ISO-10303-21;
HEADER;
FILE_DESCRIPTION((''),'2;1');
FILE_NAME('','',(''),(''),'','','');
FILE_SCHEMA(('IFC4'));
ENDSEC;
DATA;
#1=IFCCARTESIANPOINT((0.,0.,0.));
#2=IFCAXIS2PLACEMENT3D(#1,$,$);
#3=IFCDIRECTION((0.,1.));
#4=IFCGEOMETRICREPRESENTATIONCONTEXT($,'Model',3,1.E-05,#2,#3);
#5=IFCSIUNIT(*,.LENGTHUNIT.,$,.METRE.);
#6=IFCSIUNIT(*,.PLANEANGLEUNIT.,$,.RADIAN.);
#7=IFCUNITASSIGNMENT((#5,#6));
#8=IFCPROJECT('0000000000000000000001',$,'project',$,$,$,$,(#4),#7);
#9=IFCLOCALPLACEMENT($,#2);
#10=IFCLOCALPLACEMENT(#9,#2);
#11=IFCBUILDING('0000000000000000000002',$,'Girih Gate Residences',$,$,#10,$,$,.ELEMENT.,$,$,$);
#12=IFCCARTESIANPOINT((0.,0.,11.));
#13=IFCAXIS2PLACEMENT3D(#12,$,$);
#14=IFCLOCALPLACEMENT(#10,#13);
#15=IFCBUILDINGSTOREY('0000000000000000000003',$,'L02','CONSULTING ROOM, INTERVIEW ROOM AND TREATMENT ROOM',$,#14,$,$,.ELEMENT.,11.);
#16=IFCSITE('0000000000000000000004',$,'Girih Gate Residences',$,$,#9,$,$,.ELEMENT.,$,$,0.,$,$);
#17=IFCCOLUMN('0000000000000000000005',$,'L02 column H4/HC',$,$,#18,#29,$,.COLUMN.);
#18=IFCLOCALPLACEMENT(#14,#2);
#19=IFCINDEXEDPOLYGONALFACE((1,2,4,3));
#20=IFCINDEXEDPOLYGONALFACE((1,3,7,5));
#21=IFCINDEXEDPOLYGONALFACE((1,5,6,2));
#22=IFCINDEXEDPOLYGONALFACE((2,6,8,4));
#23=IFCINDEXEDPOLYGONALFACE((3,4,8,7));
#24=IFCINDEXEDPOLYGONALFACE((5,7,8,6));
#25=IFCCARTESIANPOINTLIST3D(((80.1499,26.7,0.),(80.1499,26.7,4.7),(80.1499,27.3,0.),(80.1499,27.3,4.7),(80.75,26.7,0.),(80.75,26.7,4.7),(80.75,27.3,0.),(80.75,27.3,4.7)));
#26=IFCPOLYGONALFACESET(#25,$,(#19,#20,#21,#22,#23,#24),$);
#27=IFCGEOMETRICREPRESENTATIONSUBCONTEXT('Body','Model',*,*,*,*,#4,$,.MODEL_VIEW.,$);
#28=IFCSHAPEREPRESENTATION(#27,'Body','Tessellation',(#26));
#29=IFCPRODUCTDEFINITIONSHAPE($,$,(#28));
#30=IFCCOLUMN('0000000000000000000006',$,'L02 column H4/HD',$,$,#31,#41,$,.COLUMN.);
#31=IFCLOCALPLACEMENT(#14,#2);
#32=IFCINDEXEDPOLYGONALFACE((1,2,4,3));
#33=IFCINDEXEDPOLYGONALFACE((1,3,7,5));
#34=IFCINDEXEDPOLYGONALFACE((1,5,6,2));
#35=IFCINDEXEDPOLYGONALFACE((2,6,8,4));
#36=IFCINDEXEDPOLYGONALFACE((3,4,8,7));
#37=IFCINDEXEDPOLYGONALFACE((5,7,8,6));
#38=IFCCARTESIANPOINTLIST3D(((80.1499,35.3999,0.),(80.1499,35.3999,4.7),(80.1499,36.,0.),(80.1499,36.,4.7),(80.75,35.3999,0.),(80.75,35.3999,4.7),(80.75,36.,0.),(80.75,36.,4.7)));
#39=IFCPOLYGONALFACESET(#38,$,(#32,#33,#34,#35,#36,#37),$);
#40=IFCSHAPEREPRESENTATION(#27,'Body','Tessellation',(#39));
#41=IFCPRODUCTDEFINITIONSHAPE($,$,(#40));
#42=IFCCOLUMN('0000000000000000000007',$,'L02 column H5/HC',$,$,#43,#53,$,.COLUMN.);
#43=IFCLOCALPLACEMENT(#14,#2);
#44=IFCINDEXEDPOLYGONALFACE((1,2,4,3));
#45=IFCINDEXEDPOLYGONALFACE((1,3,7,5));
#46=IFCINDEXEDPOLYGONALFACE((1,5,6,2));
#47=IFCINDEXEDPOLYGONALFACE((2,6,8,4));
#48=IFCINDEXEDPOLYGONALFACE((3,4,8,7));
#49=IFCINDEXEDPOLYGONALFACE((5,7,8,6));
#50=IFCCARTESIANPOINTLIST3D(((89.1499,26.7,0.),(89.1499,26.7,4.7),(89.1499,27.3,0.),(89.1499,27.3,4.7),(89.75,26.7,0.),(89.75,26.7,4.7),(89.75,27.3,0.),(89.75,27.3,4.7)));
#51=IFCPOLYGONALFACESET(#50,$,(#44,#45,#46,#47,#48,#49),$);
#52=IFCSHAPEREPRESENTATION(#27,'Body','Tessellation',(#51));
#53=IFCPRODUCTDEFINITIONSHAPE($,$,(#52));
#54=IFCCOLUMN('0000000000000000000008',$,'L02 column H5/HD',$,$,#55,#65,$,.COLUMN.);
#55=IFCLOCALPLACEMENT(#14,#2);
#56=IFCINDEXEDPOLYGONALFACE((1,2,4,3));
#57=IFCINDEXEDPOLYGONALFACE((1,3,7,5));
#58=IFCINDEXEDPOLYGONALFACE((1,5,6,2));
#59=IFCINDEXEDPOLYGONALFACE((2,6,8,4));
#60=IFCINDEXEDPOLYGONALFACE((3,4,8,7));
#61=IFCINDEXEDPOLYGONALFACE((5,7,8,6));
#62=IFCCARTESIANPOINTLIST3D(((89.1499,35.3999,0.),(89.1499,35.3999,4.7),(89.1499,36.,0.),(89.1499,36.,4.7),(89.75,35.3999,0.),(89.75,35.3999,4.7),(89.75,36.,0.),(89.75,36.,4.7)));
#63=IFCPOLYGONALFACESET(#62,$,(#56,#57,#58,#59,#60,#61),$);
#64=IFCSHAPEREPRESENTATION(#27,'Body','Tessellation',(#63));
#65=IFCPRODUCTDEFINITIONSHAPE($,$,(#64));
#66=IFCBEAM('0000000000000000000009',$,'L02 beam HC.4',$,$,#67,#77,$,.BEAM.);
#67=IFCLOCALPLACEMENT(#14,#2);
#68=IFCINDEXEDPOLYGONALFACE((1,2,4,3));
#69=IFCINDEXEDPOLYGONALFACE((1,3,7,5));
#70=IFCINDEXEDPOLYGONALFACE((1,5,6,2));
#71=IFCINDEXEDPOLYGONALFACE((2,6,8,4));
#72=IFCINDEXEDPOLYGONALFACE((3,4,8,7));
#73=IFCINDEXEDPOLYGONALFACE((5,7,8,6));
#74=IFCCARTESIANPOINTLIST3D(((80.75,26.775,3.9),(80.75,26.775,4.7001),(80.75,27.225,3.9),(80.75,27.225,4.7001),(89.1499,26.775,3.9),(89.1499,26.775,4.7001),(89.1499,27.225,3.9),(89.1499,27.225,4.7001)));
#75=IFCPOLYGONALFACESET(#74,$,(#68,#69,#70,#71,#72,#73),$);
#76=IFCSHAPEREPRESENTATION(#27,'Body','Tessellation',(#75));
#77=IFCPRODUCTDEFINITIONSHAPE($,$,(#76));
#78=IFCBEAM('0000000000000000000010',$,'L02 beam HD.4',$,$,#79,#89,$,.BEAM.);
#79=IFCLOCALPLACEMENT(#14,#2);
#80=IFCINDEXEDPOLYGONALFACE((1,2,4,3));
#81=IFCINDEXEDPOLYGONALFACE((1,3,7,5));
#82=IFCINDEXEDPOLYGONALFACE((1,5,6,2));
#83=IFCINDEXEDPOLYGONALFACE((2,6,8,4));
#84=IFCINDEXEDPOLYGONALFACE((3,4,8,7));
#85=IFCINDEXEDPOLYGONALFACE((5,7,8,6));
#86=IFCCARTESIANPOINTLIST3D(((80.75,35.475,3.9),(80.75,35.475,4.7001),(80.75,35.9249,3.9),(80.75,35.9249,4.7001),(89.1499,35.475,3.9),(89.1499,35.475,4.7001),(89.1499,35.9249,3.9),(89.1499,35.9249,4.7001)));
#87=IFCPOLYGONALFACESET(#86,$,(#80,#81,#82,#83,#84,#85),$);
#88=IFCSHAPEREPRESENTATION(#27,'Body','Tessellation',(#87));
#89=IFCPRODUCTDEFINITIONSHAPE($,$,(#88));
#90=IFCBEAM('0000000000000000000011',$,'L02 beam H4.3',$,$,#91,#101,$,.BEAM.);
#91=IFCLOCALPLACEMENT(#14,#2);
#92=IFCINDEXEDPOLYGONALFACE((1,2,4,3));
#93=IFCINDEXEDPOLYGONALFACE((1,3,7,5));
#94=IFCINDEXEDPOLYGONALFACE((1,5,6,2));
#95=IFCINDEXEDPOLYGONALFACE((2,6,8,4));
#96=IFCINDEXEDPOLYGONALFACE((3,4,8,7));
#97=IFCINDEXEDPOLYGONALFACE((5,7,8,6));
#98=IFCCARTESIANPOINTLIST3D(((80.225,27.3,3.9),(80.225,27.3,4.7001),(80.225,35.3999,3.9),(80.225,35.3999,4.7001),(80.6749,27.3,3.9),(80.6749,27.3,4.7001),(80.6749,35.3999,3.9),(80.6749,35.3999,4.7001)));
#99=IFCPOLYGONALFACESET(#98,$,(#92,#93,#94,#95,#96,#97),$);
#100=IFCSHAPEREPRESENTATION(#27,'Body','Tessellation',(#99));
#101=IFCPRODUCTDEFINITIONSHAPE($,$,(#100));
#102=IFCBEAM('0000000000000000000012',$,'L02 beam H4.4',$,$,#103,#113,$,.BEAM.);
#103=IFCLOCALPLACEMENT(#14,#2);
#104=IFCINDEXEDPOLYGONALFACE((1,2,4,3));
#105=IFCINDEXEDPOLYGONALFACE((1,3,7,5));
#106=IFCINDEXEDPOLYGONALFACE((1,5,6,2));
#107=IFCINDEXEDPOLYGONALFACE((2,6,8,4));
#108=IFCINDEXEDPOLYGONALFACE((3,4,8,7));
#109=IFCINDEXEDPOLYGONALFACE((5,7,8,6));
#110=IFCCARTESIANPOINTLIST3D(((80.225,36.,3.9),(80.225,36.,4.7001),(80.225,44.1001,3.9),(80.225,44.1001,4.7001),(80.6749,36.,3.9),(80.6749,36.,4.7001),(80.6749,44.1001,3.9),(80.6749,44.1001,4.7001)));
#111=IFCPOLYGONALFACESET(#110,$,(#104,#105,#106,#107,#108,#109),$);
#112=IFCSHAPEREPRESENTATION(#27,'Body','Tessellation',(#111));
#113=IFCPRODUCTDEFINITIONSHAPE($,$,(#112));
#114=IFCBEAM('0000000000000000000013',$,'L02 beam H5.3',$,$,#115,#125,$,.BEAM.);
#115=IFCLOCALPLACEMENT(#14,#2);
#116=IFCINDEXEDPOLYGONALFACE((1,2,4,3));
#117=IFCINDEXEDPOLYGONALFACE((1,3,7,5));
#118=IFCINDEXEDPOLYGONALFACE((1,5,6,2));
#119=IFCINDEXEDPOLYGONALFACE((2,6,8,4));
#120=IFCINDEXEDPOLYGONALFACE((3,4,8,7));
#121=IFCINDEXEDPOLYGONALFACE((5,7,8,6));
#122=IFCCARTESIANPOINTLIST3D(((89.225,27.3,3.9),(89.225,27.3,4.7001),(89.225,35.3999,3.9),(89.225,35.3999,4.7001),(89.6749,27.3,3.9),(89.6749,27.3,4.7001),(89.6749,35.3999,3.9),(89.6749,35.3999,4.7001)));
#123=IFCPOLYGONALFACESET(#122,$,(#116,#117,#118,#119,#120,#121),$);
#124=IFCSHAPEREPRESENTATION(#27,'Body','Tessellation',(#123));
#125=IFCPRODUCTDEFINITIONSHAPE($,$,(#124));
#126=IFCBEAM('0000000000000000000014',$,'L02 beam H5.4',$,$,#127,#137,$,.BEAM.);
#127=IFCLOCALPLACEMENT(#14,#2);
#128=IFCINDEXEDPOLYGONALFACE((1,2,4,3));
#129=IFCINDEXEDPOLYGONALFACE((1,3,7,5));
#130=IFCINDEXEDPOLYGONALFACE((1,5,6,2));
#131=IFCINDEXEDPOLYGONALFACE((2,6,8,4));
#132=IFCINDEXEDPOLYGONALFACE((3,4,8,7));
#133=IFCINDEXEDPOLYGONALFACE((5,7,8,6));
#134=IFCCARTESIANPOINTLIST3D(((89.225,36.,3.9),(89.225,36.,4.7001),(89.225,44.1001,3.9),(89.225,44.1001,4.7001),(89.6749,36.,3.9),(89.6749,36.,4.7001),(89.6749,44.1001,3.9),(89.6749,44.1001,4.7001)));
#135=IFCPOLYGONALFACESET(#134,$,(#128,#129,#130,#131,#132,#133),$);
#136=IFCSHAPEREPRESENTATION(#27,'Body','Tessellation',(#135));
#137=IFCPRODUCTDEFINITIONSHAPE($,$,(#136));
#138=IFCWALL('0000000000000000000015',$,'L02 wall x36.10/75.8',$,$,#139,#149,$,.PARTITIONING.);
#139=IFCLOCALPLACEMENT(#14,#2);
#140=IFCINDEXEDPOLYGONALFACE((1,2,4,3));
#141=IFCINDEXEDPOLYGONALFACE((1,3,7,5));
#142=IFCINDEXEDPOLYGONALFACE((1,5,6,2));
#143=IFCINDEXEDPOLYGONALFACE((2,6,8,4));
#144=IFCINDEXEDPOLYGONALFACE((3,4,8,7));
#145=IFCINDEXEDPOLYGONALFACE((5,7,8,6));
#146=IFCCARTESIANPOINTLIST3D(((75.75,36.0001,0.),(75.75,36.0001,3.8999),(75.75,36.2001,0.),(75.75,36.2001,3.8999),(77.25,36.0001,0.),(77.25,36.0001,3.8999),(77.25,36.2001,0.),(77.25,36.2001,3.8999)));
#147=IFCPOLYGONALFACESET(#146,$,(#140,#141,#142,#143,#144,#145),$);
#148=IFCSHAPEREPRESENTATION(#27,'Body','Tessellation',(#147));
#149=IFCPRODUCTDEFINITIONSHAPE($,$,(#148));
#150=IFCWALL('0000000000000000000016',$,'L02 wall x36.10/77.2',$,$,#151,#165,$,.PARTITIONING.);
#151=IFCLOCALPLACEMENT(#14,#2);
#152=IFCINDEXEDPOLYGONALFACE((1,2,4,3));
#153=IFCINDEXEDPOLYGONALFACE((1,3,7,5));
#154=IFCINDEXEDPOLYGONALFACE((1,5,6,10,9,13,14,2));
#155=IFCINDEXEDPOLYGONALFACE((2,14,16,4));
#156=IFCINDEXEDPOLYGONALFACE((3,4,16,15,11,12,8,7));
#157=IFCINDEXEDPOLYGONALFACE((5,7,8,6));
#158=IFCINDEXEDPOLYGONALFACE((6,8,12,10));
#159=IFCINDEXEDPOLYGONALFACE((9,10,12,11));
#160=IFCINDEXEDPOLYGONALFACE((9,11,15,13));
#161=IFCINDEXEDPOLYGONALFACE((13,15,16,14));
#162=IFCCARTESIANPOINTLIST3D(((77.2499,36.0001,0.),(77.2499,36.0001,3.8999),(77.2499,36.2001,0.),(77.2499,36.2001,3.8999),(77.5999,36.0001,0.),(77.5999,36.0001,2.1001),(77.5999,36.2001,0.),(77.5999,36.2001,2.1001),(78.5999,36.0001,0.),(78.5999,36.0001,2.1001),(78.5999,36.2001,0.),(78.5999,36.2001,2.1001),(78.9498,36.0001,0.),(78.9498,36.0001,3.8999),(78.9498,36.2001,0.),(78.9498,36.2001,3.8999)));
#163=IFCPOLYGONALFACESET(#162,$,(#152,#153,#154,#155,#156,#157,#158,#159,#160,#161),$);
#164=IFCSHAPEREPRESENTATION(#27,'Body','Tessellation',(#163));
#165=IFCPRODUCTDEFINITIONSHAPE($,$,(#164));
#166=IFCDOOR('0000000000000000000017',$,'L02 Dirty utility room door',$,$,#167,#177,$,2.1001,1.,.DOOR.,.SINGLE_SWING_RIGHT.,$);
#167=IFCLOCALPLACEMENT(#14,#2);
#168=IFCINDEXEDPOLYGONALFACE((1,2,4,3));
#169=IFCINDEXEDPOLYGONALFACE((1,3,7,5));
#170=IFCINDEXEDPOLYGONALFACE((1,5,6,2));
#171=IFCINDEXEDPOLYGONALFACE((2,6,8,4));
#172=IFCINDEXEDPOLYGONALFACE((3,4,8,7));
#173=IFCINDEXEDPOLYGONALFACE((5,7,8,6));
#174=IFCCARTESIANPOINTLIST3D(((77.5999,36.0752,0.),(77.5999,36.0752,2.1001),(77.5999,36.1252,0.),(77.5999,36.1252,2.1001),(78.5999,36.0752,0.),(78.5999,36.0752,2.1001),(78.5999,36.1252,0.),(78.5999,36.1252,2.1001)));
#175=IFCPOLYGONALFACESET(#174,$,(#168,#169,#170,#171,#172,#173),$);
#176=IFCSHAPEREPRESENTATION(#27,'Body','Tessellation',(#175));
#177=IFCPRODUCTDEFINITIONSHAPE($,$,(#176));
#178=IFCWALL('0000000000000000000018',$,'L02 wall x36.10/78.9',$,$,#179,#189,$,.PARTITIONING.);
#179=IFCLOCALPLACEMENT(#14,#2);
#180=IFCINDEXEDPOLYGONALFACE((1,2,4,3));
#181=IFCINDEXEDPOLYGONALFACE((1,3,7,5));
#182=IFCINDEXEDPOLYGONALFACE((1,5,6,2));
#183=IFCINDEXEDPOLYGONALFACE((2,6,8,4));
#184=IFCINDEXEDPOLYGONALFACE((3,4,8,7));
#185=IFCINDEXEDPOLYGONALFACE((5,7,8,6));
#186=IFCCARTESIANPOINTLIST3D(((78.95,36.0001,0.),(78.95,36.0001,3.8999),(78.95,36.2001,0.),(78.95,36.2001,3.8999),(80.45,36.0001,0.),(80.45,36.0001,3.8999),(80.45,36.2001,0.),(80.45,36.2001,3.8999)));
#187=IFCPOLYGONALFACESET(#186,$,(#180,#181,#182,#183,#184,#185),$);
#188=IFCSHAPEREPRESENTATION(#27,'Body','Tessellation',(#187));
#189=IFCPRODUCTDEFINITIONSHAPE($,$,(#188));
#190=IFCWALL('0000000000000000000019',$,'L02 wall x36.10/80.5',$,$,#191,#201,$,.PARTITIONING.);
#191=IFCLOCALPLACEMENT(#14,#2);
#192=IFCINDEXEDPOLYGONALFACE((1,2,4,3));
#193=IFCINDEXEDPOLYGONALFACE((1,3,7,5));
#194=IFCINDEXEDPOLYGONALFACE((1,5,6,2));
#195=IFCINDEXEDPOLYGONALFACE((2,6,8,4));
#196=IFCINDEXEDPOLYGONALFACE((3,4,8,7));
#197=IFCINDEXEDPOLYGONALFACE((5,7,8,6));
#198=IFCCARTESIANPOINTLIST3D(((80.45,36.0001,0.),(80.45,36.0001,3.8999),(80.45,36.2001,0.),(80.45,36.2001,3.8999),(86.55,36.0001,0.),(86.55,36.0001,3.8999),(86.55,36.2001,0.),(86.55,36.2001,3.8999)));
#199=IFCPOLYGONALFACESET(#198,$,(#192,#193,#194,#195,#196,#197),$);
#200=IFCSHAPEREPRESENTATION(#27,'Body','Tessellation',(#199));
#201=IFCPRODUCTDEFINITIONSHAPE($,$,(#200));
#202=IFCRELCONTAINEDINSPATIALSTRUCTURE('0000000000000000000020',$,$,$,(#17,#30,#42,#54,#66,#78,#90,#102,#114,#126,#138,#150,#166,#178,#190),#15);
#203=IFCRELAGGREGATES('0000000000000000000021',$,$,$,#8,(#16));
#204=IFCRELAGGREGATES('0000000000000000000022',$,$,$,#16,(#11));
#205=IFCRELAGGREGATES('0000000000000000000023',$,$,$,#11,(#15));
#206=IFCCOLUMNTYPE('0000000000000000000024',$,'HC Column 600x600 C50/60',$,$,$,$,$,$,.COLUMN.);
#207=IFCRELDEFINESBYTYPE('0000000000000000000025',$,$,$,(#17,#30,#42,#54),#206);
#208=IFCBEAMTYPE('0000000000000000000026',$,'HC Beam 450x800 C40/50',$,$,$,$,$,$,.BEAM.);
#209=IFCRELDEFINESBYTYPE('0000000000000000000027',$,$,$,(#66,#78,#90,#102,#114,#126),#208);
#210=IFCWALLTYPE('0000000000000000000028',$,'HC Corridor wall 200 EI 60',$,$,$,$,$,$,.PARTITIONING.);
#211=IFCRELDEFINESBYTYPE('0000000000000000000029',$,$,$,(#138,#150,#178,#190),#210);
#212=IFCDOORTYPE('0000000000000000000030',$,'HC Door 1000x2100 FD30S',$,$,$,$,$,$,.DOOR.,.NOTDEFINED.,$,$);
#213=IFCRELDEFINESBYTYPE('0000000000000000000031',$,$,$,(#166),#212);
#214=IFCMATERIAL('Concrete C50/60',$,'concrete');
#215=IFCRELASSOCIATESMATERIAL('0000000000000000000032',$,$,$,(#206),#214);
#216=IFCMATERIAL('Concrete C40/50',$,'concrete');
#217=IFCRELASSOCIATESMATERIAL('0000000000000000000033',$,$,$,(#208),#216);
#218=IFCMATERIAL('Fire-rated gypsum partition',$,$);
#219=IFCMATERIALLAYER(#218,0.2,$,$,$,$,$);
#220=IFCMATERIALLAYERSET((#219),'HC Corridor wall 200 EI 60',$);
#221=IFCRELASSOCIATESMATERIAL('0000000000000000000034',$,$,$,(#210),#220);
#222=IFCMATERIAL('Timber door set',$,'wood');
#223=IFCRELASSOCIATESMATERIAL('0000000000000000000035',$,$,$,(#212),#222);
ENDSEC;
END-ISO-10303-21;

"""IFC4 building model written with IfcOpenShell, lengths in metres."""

from ifc_helpers import new_model, si_unit, direction, frame, frame_2d, origin, origin_2d, place, context, subcontext, project, spatial, rectangle, extrude, material, layer, layer_set, material_profile, profile_set, type_object, element, fill, save


model = new_model("IFC4")

# Units and contexts
model_context = context("Model", 3, precision=1e-05, world=origin(), true_north=direction((0.0, 1.0)))
body_context = subcontext(model_context, "Body", "Model", "MODEL_VIEW")
ifc_project = project(units=[si_unit("LENGTHUNIT", "METRE"), si_unit("PLANEANGLEUNIT", "RADIAN")], contexts=[model_context])

# Site, building, storey
site_placement = place(None, origin())
site = spatial("IfcSite", under=ifc_project, at=site_placement, Name="Girih Gate Residences", CompositionType="ELEMENT", RefElevation=0.0)
building_placement = place(site_placement, origin())
building = spatial("IfcBuilding", under=site, at=building_placement, Name="Girih Gate Residences", CompositionType="ELEMENT")
storey_placement = place(building_placement, frame((0.0, 0.0, 11.0)))
storey = spatial("IfcBuildingStorey", under=building, at=storey_placement, Name="L02", Description="CONSULTING ROOM, INTERVIEW ROOM AND TREATMENT ROOM", CompositionType="ELEMENT", Elevation=11.0)

# Columns
ifc_material_1 = material(Name="Concrete C50/60", Category="concrete")
ifc_material_profile_1 = material_profile(ifc_material_1, rectangle(XDim=0.6001, YDim=0.6001, at=origin_2d()))
ifc_profile_set_1 = profile_set([ifc_material_profile_1], Name="Concrete C50/60")
column_type = type_object("IfcColumnType", Name="HC Column 600x600 C50/60", PredefinedType="COLUMN", material=ifc_profile_set_1)
for number, where, z_axis, x_axis, name in (
    (1, (80.45, 27.0, 0.0), (0.0, 0.0, 1.0), (1.0, 0.0, 0.0), "L02 column H4/HC"),
    (2, (80.45, 35.7, 0.0), (0.0, 0.0, 1.0), (1.0, 0.0, 0.0), "L02 column H4/HD"),
    (3, (89.45, 27.0, 0.0), (0.0, 0.0, 1.0), (1.0, 0.0, 0.0), "L02 column H5/HC"),
    (4, (89.45, 35.7, 0.0), (0.0, 0.0, 1.0), (1.0, 0.0, 0.0), "L02 column H5/HD"),
):
    element("IfcColumn", number, at=place(storey_placement, frame(where, z_axis=z_axis, x_axis=x_axis)), inside=storey, type_object=column_type, Name=name, PredefinedType="COLUMN", context=body_context, shape_type="SweptSolid", body=[
        extrude(rectangle(XDim=0.6001, YDim=0.6001, at=origin_2d()), origin(), (0.0, 0.0, 1.0), 4.7),
    ])

# Beams
ifc_material_2 = material(Name="Concrete C40/50", Category="concrete")
ifc_material_profile_2 = material_profile(ifc_material_2, rectangle(XDim=0.45, YDim=0.8, at=origin_2d()))
ifc_profile_set_2 = profile_set([ifc_material_profile_2], Name="Concrete C40/50")
beam_type = type_object("IfcBeamType", Name="HC Beam 450x800 C40/50", PredefinedType="BEAM", material=ifc_profile_set_2)
for number, where, z_axis, x_axis, name in (
    (5, (80.75, 27.0, 4.3), (1.0, 0.0, 0.0), (0.0, 1.0, 0.0), "L02 beam HC.4"),
    (6, (80.75, 35.7, 4.3), (1.0, 0.0, 0.0), (0.0, 1.0, 0.0), "L02 beam HD.4"),
):
    element("IfcBeam", number, at=place(storey_placement, frame(where, z_axis=z_axis, x_axis=x_axis)), inside=storey, type_object=beam_type, Name=name, PredefinedType="BEAM", context=body_context, shape_type="SweptSolid", body=[
        extrude(rectangle(XDim=0.45, YDim=0.8, at=origin_2d()), origin(), (0.0, 0.0, 1.0), 8.3999),
    ])
beam_1_placement = place(storey_placement, frame((80.45, 27.3, 4.3), z_axis=(0.0, 1.0, 0.0), x_axis=(-1.0, 0.0, 0.0)))
element("IfcBeam", 7, at=beam_1_placement, inside=storey, type_object=beam_type, Name="L02 beam H4.3", PredefinedType="BEAM", context=body_context, shape_type="SweptSolid", body=[
    extrude(rectangle(XDim=0.45, YDim=0.8, at=origin_2d()), origin(), (0.0, 0.0, 1.0), 8.0999),
])
beam_2_placement = place(storey_placement, frame((80.45, 36.0, 4.3), z_axis=(0.0, 1.0, 0.0), x_axis=(-1.0, 0.0, 0.0)))
element("IfcBeam", 8, at=beam_2_placement, inside=storey, type_object=beam_type, Name="L02 beam H4.4", PredefinedType="BEAM", context=body_context, shape_type="SweptSolid", body=[
    extrude(rectangle(XDim=0.45, YDim=0.8, at=origin_2d()), origin(), (0.0, 0.0, 1.0), 8.1001),
])
beam_3_placement = place(storey_placement, frame((89.45, 27.3, 4.3), z_axis=(0.0, 1.0, 0.0), x_axis=(-1.0, 0.0, 0.0)))
element("IfcBeam", 9, at=beam_3_placement, inside=storey, type_object=beam_type, Name="L02 beam H5.3", PredefinedType="BEAM", context=body_context, shape_type="SweptSolid", body=[
    extrude(rectangle(XDim=0.45, YDim=0.8, at=origin_2d()), origin(), (0.0, 0.0, 1.0), 8.0999),
])
beam_4_placement = place(storey_placement, frame((89.45, 36.0, 4.3), z_axis=(0.0, 1.0, 0.0), x_axis=(-1.0, 0.0, 0.0)))
element("IfcBeam", 10, at=beam_4_placement, inside=storey, type_object=beam_type, Name="L02 beam H5.4", PredefinedType="BEAM", context=body_context, shape_type="SweptSolid", body=[
    extrude(rectangle(XDim=0.45, YDim=0.8, at=origin_2d()), origin(), (0.0, 0.0, 1.0), 8.1001),
])

# Wall
ifc_material_3 = material(Name="Fire-rated gypsum partition")
ifc_layer_1 = layer(ifc_material_3, 0.2)
ifc_layer_set_1 = layer_set([ifc_layer_1], Name="HC Corridor wall 200 EI 60")
wall_type_1 = type_object("IfcWallType", Name="HC Corridor wall 200 EI 60", PredefinedType="PARTITIONING", material=ifc_layer_set_1)
wall_1_placement = place(storey_placement, frame((75.75, 36.1001, 0.0), z_axis=(0.0, 0.0, 1.0), x_axis=(1.0, 0.0, 0.0)))
element("IfcWall", 11, at=wall_1_placement, inside=storey, type_object=wall_type_1, Name="L02 wall x36.10/75.8", PredefinedType="PARTITIONING", context=body_context, shape_type="SweptSolid", body=[
    extrude(rectangle(XDim=1.5, YDim=0.2, at=frame_2d((0.75, 0.0))), origin(), (0.0, 0.0, 1.0), 3.8999),
])

# Wall, opening, door
wall_2_placement = place(storey_placement, frame((78.95, 36.1001, 0.0), z_axis=(0.0, 0.0, 1.0), x_axis=(-1.0, 0.0, 0.0)))
wall_2 = element("IfcWall", 12, at=wall_2_placement, inside=storey, type_object=wall_type_1, Name="L02 wall x36.10/77.2", PredefinedType="PARTITIONING", context=body_context, shape_type="SweptSolid", body=[
    extrude(rectangle(XDim=1.7, YDim=0.2, at=frame_2d((0.8501, 0.0))), origin(), (0.0, 0.0, 1.0), 3.8999),
])
opening_1_placement = place(wall_2_placement, frame((0.3501, 0.0, 0.0)))
opening_1 = element("IfcOpeningElement", 13, at=opening_1_placement, cuts=wall_2, PredefinedType="OPENING", context=body_context, shape_type="SweptSolid", body=[
    extrude(rectangle(XDim=1.0, YDim=2.1001, at=frame_2d((0.5, 1.05))), frame((0.0, 0.1099, 0.0), z_axis=(0.0, -1.0, 0.0), x_axis=(1.0, 0.0, 0.0)), (0.0, 0.0, 1.0), 0.22),
])
ifc_material_4 = material(Name="Timber door set", Category="wood")
door_type = type_object("IfcDoorType", Name="HC Door 1000x2100 FD30S", OperationType="NOTDEFINED", PredefinedType="DOOR", material=ifc_material_4)
door_1_placement = place(opening_1_placement, origin())
door_1 = element("IfcDoor", 14, at=door_1_placement, inside=storey, type_object=door_type, Name="L02 Dirty utility room door", OperationType="SINGLE_SWING_RIGHT", OverallHeight=2.1001, OverallWidth=1.0, PredefinedType="DOOR", context=body_context, shape_type="SweptSolid", body=[
    extrude(rectangle(XDim=1.0, YDim=2.1001, at=frame_2d((0.5, 1.05))), frame((0.0, 0.0249, 0.0), z_axis=(0.0, -1.0, 0.0), x_axis=(1.0, 0.0, 0.0)), (0.0, 0.0, 1.0), 0.05),
])
fill(opening_1, door_1)

# Walls
wall_3_placement = place(storey_placement, frame((78.95, 36.1001, 0.0), z_axis=(0.0, 0.0, 1.0), x_axis=(1.0, 0.0, 0.0)))
element("IfcWall", 15, at=wall_3_placement, inside=storey, type_object=wall_type_1, Name="L02 wall x36.10/78.9", PredefinedType="PARTITIONING", context=body_context, shape_type="SweptSolid", body=[
    extrude(rectangle(XDim=1.5, YDim=0.2, at=frame_2d((0.75, 0.0))), origin(), (0.0, 0.0, 1.0), 3.8999),
])
wall_4_placement = place(storey_placement, frame((80.45, 36.1001, 0.0), z_axis=(0.0, 0.0, 1.0), x_axis=(1.0, 0.0, 0.0)))
element("IfcWall", 16, at=wall_4_placement, inside=storey, type_object=wall_type_1, Name="L02 wall x36.10/80.5", PredefinedType="PARTITIONING", context=body_context, shape_type="SweptSolid", body=[
    extrude(rectangle(XDim=6.1001, YDim=0.2, at=frame_2d((3.05, 0.0))), origin(), (0.0, 0.0, 1.0), 3.8999),
])

save(model, "model.ifc")
